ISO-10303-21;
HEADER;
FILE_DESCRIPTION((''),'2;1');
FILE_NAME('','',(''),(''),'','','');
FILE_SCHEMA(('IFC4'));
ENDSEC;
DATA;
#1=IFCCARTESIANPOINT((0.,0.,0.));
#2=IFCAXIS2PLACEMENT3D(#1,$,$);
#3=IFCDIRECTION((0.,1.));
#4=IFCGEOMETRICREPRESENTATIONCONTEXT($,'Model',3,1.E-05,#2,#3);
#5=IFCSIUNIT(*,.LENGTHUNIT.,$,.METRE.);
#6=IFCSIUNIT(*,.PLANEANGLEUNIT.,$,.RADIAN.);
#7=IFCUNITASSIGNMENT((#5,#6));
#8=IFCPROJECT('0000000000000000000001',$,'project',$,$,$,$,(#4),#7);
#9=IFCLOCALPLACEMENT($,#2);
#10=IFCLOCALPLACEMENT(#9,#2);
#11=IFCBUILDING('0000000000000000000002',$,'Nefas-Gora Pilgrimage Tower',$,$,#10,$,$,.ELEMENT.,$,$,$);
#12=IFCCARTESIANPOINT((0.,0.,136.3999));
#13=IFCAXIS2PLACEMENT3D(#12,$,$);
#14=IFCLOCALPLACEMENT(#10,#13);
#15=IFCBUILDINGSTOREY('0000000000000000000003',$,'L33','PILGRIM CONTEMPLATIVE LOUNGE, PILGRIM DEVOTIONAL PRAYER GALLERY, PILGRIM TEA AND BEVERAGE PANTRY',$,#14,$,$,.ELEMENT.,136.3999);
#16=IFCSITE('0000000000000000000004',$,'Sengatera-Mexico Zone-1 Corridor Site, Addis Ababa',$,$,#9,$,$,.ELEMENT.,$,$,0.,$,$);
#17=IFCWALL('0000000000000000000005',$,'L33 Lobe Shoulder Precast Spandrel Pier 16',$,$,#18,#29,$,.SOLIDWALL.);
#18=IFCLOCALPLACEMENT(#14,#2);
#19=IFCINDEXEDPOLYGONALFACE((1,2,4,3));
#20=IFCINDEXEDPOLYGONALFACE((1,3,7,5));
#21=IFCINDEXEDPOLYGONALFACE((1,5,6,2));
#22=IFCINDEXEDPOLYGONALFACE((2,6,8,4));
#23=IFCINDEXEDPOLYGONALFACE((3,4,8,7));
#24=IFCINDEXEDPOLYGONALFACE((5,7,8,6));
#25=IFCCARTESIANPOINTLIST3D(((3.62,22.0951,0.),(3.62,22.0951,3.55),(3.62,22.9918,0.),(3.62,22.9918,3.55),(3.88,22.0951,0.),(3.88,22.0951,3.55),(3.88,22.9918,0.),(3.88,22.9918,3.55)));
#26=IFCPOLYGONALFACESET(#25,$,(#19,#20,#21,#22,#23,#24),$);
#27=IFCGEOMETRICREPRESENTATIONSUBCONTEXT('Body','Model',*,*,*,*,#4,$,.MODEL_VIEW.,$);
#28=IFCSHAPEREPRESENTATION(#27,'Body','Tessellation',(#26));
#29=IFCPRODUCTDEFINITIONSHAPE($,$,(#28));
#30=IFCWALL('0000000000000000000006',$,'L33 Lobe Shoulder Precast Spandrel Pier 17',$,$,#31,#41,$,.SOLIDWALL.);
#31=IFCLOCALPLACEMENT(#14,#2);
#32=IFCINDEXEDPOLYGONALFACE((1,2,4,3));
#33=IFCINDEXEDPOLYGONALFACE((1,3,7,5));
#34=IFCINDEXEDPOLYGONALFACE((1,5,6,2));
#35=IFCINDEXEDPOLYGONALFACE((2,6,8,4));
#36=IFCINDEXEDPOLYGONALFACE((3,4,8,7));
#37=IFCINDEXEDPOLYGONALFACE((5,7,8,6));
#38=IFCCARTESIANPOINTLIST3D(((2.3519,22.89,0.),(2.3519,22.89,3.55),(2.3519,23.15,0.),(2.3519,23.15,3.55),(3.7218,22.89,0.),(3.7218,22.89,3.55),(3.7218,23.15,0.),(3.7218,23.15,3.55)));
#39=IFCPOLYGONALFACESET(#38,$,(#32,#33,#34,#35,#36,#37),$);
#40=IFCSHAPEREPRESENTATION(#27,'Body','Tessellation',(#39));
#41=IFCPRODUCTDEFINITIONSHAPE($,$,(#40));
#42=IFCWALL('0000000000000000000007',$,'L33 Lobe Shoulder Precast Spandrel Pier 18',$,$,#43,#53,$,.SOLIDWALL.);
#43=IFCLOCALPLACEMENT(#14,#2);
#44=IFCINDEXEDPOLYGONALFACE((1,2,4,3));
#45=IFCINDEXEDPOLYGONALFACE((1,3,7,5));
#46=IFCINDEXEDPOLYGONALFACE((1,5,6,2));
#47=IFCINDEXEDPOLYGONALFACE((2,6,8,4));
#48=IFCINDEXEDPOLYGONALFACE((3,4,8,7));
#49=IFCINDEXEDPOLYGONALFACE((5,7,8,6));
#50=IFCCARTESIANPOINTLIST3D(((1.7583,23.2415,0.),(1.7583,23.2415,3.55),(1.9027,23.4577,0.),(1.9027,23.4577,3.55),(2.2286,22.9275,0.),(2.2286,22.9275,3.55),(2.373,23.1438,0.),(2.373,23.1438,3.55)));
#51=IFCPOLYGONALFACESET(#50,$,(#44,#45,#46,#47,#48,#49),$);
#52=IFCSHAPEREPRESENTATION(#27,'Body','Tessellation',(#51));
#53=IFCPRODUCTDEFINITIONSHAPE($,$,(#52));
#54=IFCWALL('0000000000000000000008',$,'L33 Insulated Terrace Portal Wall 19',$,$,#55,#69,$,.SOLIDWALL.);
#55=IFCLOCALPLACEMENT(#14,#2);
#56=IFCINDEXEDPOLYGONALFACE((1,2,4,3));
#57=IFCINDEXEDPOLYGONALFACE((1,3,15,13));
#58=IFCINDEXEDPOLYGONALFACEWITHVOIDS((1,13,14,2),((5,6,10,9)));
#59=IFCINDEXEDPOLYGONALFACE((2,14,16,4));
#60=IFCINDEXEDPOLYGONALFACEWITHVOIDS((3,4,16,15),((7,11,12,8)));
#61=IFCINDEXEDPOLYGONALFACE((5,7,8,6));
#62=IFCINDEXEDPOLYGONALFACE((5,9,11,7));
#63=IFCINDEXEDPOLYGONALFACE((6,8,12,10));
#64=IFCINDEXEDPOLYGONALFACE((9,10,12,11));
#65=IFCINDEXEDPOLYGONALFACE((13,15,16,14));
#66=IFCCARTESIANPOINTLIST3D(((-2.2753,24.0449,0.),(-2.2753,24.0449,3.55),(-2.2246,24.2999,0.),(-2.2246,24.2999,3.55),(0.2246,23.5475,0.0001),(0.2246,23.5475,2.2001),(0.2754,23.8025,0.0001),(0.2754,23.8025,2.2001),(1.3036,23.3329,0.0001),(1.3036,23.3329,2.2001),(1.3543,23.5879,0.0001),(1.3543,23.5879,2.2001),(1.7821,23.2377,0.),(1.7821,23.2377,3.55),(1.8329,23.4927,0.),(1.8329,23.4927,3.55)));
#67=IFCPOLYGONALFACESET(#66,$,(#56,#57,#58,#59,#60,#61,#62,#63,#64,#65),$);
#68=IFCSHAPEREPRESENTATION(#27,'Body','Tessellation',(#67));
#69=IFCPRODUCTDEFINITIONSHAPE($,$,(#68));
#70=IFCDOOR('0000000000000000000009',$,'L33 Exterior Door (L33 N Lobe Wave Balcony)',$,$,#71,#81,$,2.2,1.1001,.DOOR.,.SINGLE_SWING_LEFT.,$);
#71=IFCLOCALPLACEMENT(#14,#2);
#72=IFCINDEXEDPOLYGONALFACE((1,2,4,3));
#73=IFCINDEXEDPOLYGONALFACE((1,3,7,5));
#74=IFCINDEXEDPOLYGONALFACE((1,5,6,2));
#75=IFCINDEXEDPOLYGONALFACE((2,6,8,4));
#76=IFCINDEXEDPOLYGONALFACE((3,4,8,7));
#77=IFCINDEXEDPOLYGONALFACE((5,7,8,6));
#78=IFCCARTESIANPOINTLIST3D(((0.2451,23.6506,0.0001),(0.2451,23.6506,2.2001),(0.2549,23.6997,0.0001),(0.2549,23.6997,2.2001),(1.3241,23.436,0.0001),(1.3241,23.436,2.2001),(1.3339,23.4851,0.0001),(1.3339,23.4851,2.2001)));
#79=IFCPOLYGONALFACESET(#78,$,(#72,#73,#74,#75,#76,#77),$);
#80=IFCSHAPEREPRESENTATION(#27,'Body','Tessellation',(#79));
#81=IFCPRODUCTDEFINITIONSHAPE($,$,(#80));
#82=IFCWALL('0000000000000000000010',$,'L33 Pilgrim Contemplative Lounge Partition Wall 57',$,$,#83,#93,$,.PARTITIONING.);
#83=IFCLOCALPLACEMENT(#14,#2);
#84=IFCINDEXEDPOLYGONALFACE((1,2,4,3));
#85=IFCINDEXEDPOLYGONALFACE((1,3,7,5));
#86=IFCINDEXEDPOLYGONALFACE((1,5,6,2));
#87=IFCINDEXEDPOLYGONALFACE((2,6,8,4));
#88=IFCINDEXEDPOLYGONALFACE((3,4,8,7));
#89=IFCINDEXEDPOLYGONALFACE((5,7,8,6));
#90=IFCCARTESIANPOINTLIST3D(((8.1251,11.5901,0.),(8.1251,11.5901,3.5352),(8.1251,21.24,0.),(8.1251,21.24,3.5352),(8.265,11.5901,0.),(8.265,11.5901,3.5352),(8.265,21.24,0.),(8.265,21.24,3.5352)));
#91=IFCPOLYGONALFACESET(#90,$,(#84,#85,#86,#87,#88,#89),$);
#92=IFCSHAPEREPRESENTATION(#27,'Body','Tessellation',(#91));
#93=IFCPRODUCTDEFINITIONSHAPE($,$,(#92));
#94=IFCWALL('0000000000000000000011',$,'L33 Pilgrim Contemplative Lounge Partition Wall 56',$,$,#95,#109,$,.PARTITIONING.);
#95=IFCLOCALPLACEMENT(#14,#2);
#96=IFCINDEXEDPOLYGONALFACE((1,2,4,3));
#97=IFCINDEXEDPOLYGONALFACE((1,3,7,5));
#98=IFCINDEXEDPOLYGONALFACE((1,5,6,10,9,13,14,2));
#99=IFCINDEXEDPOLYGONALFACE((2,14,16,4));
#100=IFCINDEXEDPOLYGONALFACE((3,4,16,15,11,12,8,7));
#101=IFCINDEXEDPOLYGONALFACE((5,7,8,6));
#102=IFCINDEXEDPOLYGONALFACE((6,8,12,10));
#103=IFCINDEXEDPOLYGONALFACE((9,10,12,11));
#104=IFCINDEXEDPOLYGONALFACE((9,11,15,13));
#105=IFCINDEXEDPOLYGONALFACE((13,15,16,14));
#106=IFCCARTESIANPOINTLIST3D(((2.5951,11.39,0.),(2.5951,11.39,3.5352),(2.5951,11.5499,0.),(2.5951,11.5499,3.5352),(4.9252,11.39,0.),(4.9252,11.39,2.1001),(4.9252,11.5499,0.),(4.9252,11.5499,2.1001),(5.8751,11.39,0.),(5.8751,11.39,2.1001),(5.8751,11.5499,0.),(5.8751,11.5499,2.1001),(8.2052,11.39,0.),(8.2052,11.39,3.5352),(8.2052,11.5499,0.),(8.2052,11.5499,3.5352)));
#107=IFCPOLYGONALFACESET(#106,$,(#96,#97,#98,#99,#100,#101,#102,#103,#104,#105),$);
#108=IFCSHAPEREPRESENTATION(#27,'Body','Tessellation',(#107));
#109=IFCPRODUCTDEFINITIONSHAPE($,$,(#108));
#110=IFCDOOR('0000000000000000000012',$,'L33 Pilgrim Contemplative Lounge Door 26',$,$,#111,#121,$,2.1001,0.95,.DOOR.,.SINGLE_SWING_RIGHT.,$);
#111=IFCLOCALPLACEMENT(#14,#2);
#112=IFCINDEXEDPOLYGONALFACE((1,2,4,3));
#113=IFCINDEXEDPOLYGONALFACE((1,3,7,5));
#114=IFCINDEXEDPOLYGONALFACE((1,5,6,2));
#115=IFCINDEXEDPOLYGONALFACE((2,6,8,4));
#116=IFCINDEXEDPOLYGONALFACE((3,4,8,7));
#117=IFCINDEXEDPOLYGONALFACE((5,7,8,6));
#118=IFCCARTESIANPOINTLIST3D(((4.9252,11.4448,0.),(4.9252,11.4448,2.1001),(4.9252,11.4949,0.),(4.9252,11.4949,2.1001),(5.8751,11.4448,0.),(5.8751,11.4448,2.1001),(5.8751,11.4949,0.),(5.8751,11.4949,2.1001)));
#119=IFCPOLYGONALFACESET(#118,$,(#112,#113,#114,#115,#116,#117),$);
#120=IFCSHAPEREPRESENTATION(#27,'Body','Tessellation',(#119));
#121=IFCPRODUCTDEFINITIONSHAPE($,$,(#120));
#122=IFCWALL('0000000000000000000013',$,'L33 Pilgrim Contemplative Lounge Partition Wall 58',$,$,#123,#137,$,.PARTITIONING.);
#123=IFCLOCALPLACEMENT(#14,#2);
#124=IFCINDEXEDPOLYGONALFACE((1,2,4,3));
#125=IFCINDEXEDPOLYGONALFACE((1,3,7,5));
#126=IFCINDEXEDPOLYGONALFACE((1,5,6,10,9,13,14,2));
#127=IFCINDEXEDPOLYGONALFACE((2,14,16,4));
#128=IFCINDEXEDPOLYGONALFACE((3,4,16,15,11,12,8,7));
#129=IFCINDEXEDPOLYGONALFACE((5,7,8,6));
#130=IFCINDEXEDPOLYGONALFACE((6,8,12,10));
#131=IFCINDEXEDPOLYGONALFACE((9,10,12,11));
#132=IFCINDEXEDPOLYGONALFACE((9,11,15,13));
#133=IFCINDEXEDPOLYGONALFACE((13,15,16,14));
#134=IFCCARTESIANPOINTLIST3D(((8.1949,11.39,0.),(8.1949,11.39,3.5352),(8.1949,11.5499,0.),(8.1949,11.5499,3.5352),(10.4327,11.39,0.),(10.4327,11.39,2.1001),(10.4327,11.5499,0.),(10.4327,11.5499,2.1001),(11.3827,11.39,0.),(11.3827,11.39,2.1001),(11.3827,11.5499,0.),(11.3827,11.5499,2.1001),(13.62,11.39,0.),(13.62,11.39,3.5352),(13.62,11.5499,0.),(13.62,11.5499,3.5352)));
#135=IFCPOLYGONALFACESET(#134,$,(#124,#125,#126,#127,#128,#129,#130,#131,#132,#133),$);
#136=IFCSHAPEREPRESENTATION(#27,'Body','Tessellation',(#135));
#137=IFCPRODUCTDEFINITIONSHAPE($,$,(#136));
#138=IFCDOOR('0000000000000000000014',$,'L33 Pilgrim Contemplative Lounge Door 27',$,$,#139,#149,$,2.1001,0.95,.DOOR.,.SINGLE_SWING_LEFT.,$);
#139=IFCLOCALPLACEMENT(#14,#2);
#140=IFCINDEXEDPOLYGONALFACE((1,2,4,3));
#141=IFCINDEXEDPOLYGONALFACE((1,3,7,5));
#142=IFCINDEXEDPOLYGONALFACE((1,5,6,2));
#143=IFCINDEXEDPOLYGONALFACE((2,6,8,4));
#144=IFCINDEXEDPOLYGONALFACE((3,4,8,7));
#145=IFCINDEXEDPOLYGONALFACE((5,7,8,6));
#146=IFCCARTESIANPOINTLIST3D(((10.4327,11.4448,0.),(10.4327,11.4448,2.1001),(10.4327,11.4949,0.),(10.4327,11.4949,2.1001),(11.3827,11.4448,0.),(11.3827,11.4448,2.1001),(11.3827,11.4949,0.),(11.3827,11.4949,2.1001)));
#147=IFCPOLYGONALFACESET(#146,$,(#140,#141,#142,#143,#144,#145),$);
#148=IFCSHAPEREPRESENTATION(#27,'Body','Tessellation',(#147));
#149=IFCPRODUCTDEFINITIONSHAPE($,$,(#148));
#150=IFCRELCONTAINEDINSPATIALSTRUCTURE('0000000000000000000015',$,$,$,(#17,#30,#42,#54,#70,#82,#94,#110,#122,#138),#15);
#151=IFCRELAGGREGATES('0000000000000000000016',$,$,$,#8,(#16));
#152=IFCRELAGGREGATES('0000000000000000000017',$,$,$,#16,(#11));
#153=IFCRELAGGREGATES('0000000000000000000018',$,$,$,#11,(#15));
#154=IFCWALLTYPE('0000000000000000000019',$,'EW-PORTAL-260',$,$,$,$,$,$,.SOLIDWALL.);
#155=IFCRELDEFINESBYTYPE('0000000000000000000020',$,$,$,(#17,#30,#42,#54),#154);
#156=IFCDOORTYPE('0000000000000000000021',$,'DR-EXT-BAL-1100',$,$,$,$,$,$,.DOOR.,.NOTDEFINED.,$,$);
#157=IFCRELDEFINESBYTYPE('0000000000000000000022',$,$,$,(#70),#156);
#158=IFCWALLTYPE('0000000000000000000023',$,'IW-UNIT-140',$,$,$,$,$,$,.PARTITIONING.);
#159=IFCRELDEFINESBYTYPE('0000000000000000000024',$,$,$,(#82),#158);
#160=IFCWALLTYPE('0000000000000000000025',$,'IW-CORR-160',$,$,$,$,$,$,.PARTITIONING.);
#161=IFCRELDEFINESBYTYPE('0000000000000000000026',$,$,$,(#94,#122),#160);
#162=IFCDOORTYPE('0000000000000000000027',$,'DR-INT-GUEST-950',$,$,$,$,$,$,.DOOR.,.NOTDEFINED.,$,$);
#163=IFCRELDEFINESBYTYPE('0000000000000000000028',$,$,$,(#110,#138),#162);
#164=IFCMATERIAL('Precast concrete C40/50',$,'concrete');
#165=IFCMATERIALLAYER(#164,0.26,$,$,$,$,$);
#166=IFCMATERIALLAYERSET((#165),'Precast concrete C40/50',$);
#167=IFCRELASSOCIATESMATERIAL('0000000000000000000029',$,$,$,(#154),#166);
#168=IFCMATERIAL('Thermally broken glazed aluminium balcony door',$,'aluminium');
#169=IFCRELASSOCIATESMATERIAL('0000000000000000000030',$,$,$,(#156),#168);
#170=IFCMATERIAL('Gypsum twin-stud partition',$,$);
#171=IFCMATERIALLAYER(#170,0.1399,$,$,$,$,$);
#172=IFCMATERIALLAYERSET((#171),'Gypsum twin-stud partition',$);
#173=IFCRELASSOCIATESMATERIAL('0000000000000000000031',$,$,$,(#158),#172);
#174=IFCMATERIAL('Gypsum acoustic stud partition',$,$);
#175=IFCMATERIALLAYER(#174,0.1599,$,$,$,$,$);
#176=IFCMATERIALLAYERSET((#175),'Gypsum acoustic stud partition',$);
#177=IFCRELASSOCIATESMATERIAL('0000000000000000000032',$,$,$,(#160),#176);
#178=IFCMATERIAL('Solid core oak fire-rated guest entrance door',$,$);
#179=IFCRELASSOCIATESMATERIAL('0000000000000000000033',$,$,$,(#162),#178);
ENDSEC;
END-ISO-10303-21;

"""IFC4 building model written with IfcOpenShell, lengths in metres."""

from ifc_helpers import new_model, si_unit, direction, frame, frame_2d, origin, place, context, subcontext, project, spatial, rectangle, extrude, source, transform, mapped, material, layer, layer_set, type_object, element, fill, save


model = new_model("IFC4")

# Units and contexts
model_context = context("Model", 3, precision=1e-05, world=origin(), true_north=direction((0.0, 1.0)))
body_context = subcontext(model_context, "Body", "Model", "MODEL_VIEW")
ifc_project = project(units=[si_unit("LENGTHUNIT", "METRE"), si_unit("PLANEANGLEUNIT", "RADIAN")], contexts=[model_context])

# Site, building, storey
site_placement = place(None, origin())
site = spatial("IfcSite", under=ifc_project, at=site_placement, Name="Sengatera-Mexico Zone-1 Corridor Site, Addis Ababa", CompositionType="ELEMENT", RefElevation=0.0)
building_placement = place(site_placement, origin())
building = spatial("IfcBuilding", under=site, at=building_placement, Name="Nefas-Gora Pilgrimage Tower", CompositionType="ELEMENT")
storey_placement = place(building_placement, frame((0.0, 0.0, 136.3999)))
storey = spatial("IfcBuildingStorey", under=building, at=storey_placement, Name="L33", Description="PILGRIM CONTEMPLATIVE LOUNGE, PILGRIM DEVOTIONAL PRAYER GALLERY, PILGRIM TEA AND BEVERAGE PANTRY", CompositionType="ELEMENT", Elevation=136.3999)

# Walls
ifc_material_1 = material(Name="Precast concrete C40/50", Category="concrete")
ifc_layer_1 = layer(ifc_material_1, 0.26)
ifc_layer_set_1 = layer_set([ifc_layer_1], Name="Precast concrete C40/50")
wall_type_1 = type_object("IfcWallType", Name="EW-PORTAL-260", PredefinedType="SOLIDWALL", material=ifc_layer_set_1)
shared_shape_1 = source(origin(), body_context, "Body", "SweptSolid", [
    extrude(rectangle(XDim=0.8967, YDim=0.26, at=frame_2d((0.4482, 0.0))), origin(), (0.0, 0.0, 1.0), 3.55),
])
wall_1_placement = place(storey_placement, frame((3.75, 22.0952, 0.0), z_axis=(0.0, 0.0, 1.0), x_axis=(0.0, 1.0, 0.0)))
element("IfcWall", 1, at=wall_1_placement, inside=storey, type_object=wall_type_1, Name="L33 Lobe Shoulder Precast Spandrel Pier 16", PredefinedType="SOLIDWALL", context=body_context, shape_type="MappedRepresentation", body=[
    mapped(shared_shape_1, transform((0.0, 0.0, 0.0), x_axis=(1.0, 0.0, 0.0), y_axis=(0.0, 1.0, 0.0), z_axis=(0.0, 0.0, 1.0), scale=1.0)),
])
shared_shape_2 = source(origin(), body_context, "Body", "SweptSolid", [
    extrude(rectangle(XDim=1.3699, YDim=0.26, at=frame_2d((0.6851, 0.0))), origin(), (0.0, 0.0, 1.0), 3.55),
])
wall_2_placement = place(storey_placement, frame((3.7219, 23.02, 0.0), z_axis=(0.0, 0.0, 1.0), x_axis=(-1.0, 0.0, 0.0)))
element("IfcWall", 2, at=wall_2_placement, inside=storey, type_object=wall_type_1, Name="L33 Lobe Shoulder Precast Spandrel Pier 17", PredefinedType="SOLIDWALL", context=body_context, shape_type="MappedRepresentation", body=[
    mapped(shared_shape_2, transform((0.0, 0.0, 0.0), x_axis=(1.0, 0.0, 0.0), y_axis=(0.0, 1.0, 0.0), z_axis=(0.0, 0.0, 1.0), scale=1.0)),
])
shared_shape_3 = source(origin(), body_context, "Body", "SweptSolid", [
    extrude(rectangle(XDim=0.5654, YDim=0.26, at=frame_2d((0.2827, 0.0))), origin(), (0.0, 0.0, 1.0), 3.55),
])
wall_3_placement = place(storey_placement, frame((2.3008, 23.0356, 0.0), z_axis=(0.0, 0.0, 1.0), x_axis=(-0.831651, 0.555298, 0.0)))
element("IfcWall", 3, at=wall_3_placement, inside=storey, type_object=wall_type_1, Name="L33 Lobe Shoulder Precast Spandrel Pier 18", PredefinedType="SOLIDWALL", context=body_context, shape_type="MappedRepresentation", body=[
    mapped(shared_shape_3, transform((0.0, 0.0, 0.0), x_axis=(1.0, 0.0, 0.0), y_axis=(0.0, 1.0, 0.0), z_axis=(0.0, 0.0, 1.0), scale=1.0)),
])

# Wall, opening, door
shared_shape_4 = source(origin(), body_context, "Body", "SweptSolid", [
    extrude(rectangle(XDim=4.137, YDim=0.26, at=frame_2d((2.0684, 0.0))), origin(), (0.0, 0.0, 1.0), 3.55),
])
wall_4_placement = place(storey_placement, frame((1.8074, 23.3652, 0.0), z_axis=(0.0, 0.0, 1.0), x_axis=(-0.980782, 0.195106, 0.0)))
wall_4 = element("IfcWall", 4, at=wall_4_placement, inside=storey, type_object=wall_type_1, Name="L33 Insulated Terrace Portal Wall 19", PredefinedType="SOLIDWALL", context=body_context, shape_type="MappedRepresentation", body=[
    mapped(shared_shape_4, transform((0.0, 0.0, 0.0), x_axis=(1.0, 0.0, 0.0), y_axis=(0.0, 1.0, 0.0), z_axis=(0.0, 0.0, 1.0), scale=1.0)),
])
opening_1_placement = place(wall_4_placement, frame((0.4878, 0.0, 0.0)))
opening_1 = element("IfcOpeningElement", 5, at=opening_1_placement, cuts=wall_4, PredefinedType="OPENING", context=body_context, shape_type="SweptSolid", body=[
    extrude(rectangle(XDim=1.1001, YDim=2.2, at=frame_2d((0.55, 1.1001))), frame((0.0, 0.1399, 0.0), z_axis=(0.0, -1.0, 0.0), x_axis=(1.0, 0.0, 0.0)), (0.0, 0.0, 1.0), 0.28),
])
ifc_material_2 = material(Name="Thermally broken glazed aluminium balcony door", Category="aluminium")
door_type_1 = type_object("IfcDoorType", Name="DR-EXT-BAL-1100", OperationType="NOTDEFINED", PredefinedType="DOOR", material=ifc_material_2)
shared_shape_5 = source(origin(), body_context, "Body", "SweptSolid", [
    extrude(rectangle(XDim=1.1001, YDim=2.2, at=frame_2d((0.55, 1.1001))), frame((0.0, 0.0249, 0.0), z_axis=(0.0, -1.0, 0.0), x_axis=(1.0, 0.0, 0.0)), (0.0, 0.0, 1.0), 0.05),
])
door_1_placement = place(opening_1_placement, origin())
door_1 = element("IfcDoor", 6, at=door_1_placement, inside=storey, type_object=door_type_1, Name="L33 Exterior Door (L33 N Lobe Wave Balcony)", OperationType="SINGLE_SWING_LEFT", OverallHeight=2.2, OverallWidth=1.1001, PredefinedType="DOOR", context=body_context, shape_type="MappedRepresentation", body=[
    mapped(shared_shape_5, transform((0.0, 0.0, 0.0), x_axis=(1.0, 0.0, 0.0), y_axis=(0.0, 1.0, 0.0), z_axis=(0.0, 0.0, 1.0), scale=1.0)),
])
fill(opening_1, door_1)

# Wall
ifc_material_3 = material(Name="Gypsum twin-stud partition")
ifc_layer_2 = layer(ifc_material_3, 0.1399)
ifc_layer_set_2 = layer_set([ifc_layer_2], Name="Gypsum twin-stud partition")
wall_type_2 = type_object("IfcWallType", Name="IW-UNIT-140", PredefinedType="PARTITIONING", material=ifc_layer_set_2)
shared_shape_6 = source(origin(), body_context, "Body", "SweptSolid", [
    extrude(rectangle(XDim=9.6499, YDim=0.1399, at=frame_2d((4.825, 0.0))), origin(), (0.0, 0.0, 1.0), 3.5352),
])
wall_5_placement = place(storey_placement, frame((8.1951, 11.5901, 0.0), z_axis=(0.0, 0.0, 1.0), x_axis=(0.0, 1.0, 0.0)))
element("IfcWall", 7, at=wall_5_placement, inside=storey, type_object=wall_type_2, Name="L33 Pilgrim Contemplative Lounge Partition Wall 57", PredefinedType="PARTITIONING", context=body_context, shape_type="MappedRepresentation", body=[
    mapped(shared_shape_6, transform((0.0, 0.0, 0.0), x_axis=(1.0, 0.0, 0.0), y_axis=(0.0, 1.0, 0.0), z_axis=(0.0, 0.0, 1.0), scale=1.0)),
])

# Walls, openings, doors
ifc_material_4 = material(Name="Gypsum acoustic stud partition")
ifc_layer_3 = layer(ifc_material_4, 0.1599)
ifc_layer_set_3 = layer_set([ifc_layer_3], Name="Gypsum acoustic stud partition")
wall_type_3 = type_object("IfcWallType", Name="IW-CORR-160", PredefinedType="PARTITIONING", material=ifc_layer_set_3)
shared_shape_7 = source(origin(), body_context, "Body", "SweptSolid", [
    extrude(rectangle(XDim=5.6101, YDim=0.1599, at=frame_2d((2.8052, 0.0))), origin(), (0.0, 0.0, 1.0), 3.5352),
])
wall_6_placement = place(storey_placement, frame((2.595, 11.47, 0.0), z_axis=(0.0, 0.0, 1.0), x_axis=(1.0, 0.0, 0.0)))
wall_6 = element("IfcWall", 8, at=wall_6_placement, inside=storey, type_object=wall_type_3, Name="L33 Pilgrim Contemplative Lounge Partition Wall 56", PredefinedType="PARTITIONING", context=body_context, shape_type="MappedRepresentation", body=[
    mapped(shared_shape_7, transform((0.0, 0.0, 0.0), x_axis=(1.0, 0.0, 0.0), y_axis=(0.0, 1.0, 0.0), z_axis=(0.0, 0.0, 1.0), scale=1.0)),
])
opening_2_placement = place(wall_6_placement, frame((2.3301, 0.0, 0.0)))
opening_2 = element("IfcOpeningElement", 9, at=opening_2_placement, cuts=wall_6, PredefinedType="OPENING", context=body_context, shape_type="SweptSolid", body=[
    extrude(rectangle(XDim=0.95, YDim=2.1001, at=frame_2d((0.4751, 1.05))), frame((0.0, 0.0898, 0.0), z_axis=(0.0, -1.0, 0.0), x_axis=(1.0, 0.0, 0.0)), (0.0, 0.0, 1.0), 0.1799),
])
ifc_material_5 = material(Name="Solid core oak fire-rated guest entrance door")
door_type_2 = type_object("IfcDoorType", Name="DR-INT-GUEST-950", OperationType="NOTDEFINED", PredefinedType="DOOR", material=ifc_material_5)
shared_shape_8 = source(origin(), body_context, "Body", "SweptSolid", [
    extrude(rectangle(XDim=0.95, YDim=2.1001, at=frame_2d((0.4751, 1.05))), frame((0.0, 0.0249, 0.0), z_axis=(0.0, -1.0, 0.0), x_axis=(1.0, 0.0, 0.0)), (0.0, 0.0, 1.0), 0.05),
])
door_2_placement = place(opening_2_placement, origin())
door_2 = element("IfcDoor", 10, at=door_2_placement, inside=storey, type_object=door_type_2, Name="L33 Pilgrim Contemplative Lounge Door 26", OperationType="SINGLE_SWING_RIGHT", OverallHeight=2.1001, OverallWidth=0.95, PredefinedType="DOOR", context=body_context, shape_type="MappedRepresentation", body=[
    mapped(shared_shape_8, transform((0.0, 0.0, 0.0), x_axis=(1.0, 0.0, 0.0), y_axis=(0.0, 1.0, 0.0), z_axis=(0.0, 0.0, 1.0), scale=1.0)),
])
fill(opening_2, door_2)
shared_shape_9 = source(origin(), body_context, "Body", "SweptSolid", [
    extrude(rectangle(XDim=5.425, YDim=0.1599, at=frame_2d((2.7124, 0.0))), origin(), (0.0, 0.0, 1.0), 3.5352),
])
wall_7_placement = place(storey_placement, frame((8.1951, 11.47, 0.0), z_axis=(0.0, 0.0, 1.0), x_axis=(1.0, 0.0, 0.0)))
wall_7 = element("IfcWall", 11, at=wall_7_placement, inside=storey, type_object=wall_type_3, Name="L33 Pilgrim Contemplative Lounge Partition Wall 58", PredefinedType="PARTITIONING", context=body_context, shape_type="MappedRepresentation", body=[
    mapped(shared_shape_9, transform((0.0, 0.0, 0.0), x_axis=(1.0, 0.0, 0.0), y_axis=(0.0, 1.0, 0.0), z_axis=(0.0, 0.0, 1.0), scale=1.0)),
])
opening_3_placement = place(wall_7_placement, frame((2.2375, 0.0, 0.0)))
opening_3 = element("IfcOpeningElement", 12, at=opening_3_placement, cuts=wall_7, PredefinedType="OPENING", context=body_context, shape_type="SweptSolid", body=[
    extrude(rectangle(XDim=0.95, YDim=2.1001, at=frame_2d((0.4751, 1.05))), frame((0.0, 0.0898, 0.0), z_axis=(0.0, -1.0, 0.0), x_axis=(1.0, 0.0, 0.0)), (0.0, 0.0, 1.0), 0.1799),
])
door_3_placement = place(opening_3_placement, origin())
door_3 = element("IfcDoor", 13, at=door_3_placement, inside=storey, type_object=door_type_2, Name="L33 Pilgrim Contemplative Lounge Door 27", OperationType="SINGLE_SWING_LEFT", OverallHeight=2.1001, OverallWidth=0.95, PredefinedType="DOOR", context=body_context, shape_type="MappedRepresentation", body=[
    mapped(shared_shape_8, transform((0.0, 0.0, 0.0), x_axis=(1.0, 0.0, 0.0), y_axis=(0.0, 1.0, 0.0), z_axis=(0.0, 0.0, 1.0), scale=1.0)),
])
fill(opening_3, door_3)

save(model, "model.ifc")
